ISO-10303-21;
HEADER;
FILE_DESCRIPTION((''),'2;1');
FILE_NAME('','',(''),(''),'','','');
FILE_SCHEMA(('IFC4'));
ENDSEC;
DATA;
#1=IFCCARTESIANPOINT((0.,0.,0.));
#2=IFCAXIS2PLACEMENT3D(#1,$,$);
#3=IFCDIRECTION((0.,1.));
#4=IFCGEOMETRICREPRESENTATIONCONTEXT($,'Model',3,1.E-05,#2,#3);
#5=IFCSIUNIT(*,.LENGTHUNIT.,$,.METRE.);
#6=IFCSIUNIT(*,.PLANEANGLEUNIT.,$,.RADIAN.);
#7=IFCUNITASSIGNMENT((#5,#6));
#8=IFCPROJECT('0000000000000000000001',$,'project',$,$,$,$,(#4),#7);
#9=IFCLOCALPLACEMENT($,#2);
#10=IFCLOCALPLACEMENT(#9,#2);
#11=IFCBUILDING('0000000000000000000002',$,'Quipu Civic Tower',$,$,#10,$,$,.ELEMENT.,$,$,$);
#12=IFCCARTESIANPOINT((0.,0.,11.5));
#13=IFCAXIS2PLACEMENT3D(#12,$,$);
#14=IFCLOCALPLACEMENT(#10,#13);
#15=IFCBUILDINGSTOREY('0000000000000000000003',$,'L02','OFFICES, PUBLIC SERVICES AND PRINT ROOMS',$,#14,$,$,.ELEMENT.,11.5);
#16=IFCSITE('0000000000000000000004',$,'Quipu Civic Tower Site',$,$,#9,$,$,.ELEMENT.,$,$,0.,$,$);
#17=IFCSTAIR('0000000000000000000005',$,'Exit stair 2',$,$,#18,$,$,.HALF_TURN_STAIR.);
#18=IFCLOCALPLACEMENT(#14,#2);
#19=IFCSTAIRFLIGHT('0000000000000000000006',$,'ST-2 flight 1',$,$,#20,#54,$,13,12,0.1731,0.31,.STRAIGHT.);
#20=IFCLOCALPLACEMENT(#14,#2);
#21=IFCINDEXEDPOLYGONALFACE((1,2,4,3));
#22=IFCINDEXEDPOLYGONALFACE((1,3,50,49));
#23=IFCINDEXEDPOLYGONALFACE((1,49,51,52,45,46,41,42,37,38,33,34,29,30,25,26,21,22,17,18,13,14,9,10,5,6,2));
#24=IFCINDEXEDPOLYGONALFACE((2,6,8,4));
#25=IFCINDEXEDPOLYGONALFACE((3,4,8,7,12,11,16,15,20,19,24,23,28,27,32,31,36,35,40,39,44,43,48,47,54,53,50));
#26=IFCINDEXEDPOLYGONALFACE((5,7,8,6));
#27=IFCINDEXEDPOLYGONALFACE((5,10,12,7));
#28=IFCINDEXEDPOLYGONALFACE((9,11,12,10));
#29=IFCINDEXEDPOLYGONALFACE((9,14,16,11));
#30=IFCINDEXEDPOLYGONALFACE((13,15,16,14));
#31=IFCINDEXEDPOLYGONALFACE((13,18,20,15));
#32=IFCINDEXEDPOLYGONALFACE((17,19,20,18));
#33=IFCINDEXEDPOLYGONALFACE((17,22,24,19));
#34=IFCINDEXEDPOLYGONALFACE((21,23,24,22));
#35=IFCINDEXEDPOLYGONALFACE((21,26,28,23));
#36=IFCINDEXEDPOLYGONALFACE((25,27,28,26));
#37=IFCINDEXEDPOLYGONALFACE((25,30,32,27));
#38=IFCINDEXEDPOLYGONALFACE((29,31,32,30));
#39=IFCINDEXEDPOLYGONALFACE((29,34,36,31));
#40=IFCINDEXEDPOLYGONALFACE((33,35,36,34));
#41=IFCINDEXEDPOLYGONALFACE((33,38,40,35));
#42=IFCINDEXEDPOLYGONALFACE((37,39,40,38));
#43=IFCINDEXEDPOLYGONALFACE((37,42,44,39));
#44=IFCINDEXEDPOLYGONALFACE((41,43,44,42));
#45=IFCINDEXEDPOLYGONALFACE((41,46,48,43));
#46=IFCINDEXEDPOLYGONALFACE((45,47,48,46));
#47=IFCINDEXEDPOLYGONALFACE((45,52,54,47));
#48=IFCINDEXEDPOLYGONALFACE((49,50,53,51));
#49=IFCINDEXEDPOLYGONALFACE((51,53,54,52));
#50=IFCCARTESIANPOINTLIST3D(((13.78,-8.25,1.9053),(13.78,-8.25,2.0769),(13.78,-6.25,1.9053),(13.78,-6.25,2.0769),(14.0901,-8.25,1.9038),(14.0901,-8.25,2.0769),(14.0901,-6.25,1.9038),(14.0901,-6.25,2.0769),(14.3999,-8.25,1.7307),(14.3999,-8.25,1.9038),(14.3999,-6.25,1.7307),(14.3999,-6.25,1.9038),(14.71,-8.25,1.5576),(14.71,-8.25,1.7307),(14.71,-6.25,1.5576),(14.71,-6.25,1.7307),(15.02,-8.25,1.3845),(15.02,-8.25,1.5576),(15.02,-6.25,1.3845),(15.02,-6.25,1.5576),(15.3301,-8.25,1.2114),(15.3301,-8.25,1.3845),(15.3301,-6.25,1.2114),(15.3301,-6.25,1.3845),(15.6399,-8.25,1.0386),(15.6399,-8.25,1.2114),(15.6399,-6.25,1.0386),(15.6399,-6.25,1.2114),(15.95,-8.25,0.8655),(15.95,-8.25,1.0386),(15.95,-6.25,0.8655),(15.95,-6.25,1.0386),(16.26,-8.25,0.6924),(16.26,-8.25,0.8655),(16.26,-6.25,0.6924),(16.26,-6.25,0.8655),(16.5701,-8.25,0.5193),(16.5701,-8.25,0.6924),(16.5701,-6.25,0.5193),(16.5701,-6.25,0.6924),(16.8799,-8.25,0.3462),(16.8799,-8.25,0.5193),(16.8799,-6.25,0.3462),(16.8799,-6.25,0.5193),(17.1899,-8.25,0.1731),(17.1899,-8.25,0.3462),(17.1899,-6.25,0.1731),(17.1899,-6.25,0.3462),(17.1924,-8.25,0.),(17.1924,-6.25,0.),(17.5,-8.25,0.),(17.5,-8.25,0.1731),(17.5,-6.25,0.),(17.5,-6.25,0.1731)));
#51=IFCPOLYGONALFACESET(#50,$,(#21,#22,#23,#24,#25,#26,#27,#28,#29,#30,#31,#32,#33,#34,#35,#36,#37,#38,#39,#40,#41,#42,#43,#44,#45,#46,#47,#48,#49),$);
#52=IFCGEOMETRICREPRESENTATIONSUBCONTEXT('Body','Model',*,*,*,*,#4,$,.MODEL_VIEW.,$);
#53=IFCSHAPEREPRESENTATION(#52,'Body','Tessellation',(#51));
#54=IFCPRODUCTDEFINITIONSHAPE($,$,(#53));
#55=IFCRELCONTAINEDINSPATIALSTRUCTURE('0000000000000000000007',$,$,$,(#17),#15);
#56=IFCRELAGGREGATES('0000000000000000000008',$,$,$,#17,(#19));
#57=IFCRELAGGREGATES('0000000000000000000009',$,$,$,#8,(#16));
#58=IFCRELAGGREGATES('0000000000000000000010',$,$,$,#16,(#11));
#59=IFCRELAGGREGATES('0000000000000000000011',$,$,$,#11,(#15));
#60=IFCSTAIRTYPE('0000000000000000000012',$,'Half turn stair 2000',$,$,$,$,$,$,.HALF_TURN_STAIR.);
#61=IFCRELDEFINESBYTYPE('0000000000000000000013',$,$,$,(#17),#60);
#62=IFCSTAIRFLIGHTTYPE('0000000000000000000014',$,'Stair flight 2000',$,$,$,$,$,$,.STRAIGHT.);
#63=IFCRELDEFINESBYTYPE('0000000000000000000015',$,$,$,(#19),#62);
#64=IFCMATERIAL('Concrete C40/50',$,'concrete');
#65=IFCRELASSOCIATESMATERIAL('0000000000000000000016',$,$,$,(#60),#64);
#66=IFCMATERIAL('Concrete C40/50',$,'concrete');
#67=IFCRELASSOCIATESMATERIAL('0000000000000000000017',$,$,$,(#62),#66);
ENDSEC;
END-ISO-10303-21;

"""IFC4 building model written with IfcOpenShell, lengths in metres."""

from ifc_helpers import new_model, si_unit, direction, frame, origin, place, context, subcontext, project, spatial, polyline, outline, extrude, material, type_object, element, aggregate, save


model = new_model("IFC4")

# Units and contexts
model_context = context("Model", 3, precision=1e-05, world=origin(), true_north=direction((0.0, 1.0)))
body_context = subcontext(model_context, "Body", "Model", "MODEL_VIEW")
ifc_project = project(units=[si_unit("LENGTHUNIT", "METRE"), si_unit("PLANEANGLEUNIT", "RADIAN")], contexts=[model_context])

# Site, building, storey
site_placement = place(None, origin())
site = spatial("IfcSite", under=ifc_project, at=site_placement, Name="Quipu Civic Tower Site", CompositionType="ELEMENT", RefElevation=0.0)
building_placement = place(site_placement, origin())
building = spatial("IfcBuilding", under=site, at=building_placement, Name="Quipu Civic Tower", CompositionType="ELEMENT")
storey_placement = place(building_placement, frame((0.0, 0.0, 11.5)))
storey = spatial("IfcBuildingStorey", under=building, at=storey_placement, Name="L02", Description="OFFICES, PUBLIC SERVICES AND PRINT ROOMS", CompositionType="ELEMENT", Elevation=11.5)

# Stair, stair flight
ifc_material_1 = material(Name="Concrete C40/50", Category="concrete")
stair_type = type_object("IfcStairType", Name="Half turn stair 2000", PredefinedType="HALF_TURN_STAIR", material=ifc_material_1)
stair_placement = place(storey_placement, origin())
stair = element("IfcStair", 1, at=stair_placement, inside=storey, type_object=stair_type, Name="Exit stair 2", PredefinedType="HALF_TURN_STAIR")
ifc_material_2 = material(Name="Concrete C40/50", Category="concrete")
stair_flight_type = type_object("IfcStairFlightType", Name="Stair flight 2000", PredefinedType="STRAIGHT", material=ifc_material_2)
stair_flight_placement = place(storey_placement, frame((17.5, -7.25, 0.0), z_axis=(0.0, 0.0, 1.0), x_axis=(-1.0, 0.0, 0.0)))
stair_flight = element("IfcStairFlight", 2, at=stair_flight_placement, type_object=stair_flight_type, Name="ST-2 flight 1", NumberOfRisers=13, NumberOfTreads=12, PredefinedType="STRAIGHT", RiserHeight=0.1731, TreadLength=0.31, context=body_context, shape_type="SweptSolid", body=[
    extrude(outline(polyline([(0.0, 0.0), (0.0, 0.1731), (0.3101, 0.1731), (0.3101, 0.3462), (0.6201, 0.3462), (0.6201, 0.5193), (0.9299, 0.5193), (0.9299, 0.6924), (1.24, 0.6924), (1.24, 0.8655), (1.55, 0.8655), (1.55, 1.0386), (1.8601, 1.0386), (1.8601, 1.2114), (2.1699, 1.2114), (2.1699, 1.3845), (2.48, 1.3845), (2.48, 1.5576), (2.79, 1.5576), (2.79, 1.7307), (3.1001, 1.7307), (3.1001, 1.9038), (3.4099, 1.9038), (3.4099, 2.0769), (3.72, 2.0769), (3.72, 2.25), (3.72, 1.9053), (0.3076, 0.0), (0.0, 0.0)])), frame((0.0, 1.0, 0.0), z_axis=(0.0, -1.0, 0.0), x_axis=(1.0, 0.0, 0.0)), (0.0, 0.0, 1.0), 2.0),
])
aggregate(stair, [stair_flight])

save(model, "model.ifc")
